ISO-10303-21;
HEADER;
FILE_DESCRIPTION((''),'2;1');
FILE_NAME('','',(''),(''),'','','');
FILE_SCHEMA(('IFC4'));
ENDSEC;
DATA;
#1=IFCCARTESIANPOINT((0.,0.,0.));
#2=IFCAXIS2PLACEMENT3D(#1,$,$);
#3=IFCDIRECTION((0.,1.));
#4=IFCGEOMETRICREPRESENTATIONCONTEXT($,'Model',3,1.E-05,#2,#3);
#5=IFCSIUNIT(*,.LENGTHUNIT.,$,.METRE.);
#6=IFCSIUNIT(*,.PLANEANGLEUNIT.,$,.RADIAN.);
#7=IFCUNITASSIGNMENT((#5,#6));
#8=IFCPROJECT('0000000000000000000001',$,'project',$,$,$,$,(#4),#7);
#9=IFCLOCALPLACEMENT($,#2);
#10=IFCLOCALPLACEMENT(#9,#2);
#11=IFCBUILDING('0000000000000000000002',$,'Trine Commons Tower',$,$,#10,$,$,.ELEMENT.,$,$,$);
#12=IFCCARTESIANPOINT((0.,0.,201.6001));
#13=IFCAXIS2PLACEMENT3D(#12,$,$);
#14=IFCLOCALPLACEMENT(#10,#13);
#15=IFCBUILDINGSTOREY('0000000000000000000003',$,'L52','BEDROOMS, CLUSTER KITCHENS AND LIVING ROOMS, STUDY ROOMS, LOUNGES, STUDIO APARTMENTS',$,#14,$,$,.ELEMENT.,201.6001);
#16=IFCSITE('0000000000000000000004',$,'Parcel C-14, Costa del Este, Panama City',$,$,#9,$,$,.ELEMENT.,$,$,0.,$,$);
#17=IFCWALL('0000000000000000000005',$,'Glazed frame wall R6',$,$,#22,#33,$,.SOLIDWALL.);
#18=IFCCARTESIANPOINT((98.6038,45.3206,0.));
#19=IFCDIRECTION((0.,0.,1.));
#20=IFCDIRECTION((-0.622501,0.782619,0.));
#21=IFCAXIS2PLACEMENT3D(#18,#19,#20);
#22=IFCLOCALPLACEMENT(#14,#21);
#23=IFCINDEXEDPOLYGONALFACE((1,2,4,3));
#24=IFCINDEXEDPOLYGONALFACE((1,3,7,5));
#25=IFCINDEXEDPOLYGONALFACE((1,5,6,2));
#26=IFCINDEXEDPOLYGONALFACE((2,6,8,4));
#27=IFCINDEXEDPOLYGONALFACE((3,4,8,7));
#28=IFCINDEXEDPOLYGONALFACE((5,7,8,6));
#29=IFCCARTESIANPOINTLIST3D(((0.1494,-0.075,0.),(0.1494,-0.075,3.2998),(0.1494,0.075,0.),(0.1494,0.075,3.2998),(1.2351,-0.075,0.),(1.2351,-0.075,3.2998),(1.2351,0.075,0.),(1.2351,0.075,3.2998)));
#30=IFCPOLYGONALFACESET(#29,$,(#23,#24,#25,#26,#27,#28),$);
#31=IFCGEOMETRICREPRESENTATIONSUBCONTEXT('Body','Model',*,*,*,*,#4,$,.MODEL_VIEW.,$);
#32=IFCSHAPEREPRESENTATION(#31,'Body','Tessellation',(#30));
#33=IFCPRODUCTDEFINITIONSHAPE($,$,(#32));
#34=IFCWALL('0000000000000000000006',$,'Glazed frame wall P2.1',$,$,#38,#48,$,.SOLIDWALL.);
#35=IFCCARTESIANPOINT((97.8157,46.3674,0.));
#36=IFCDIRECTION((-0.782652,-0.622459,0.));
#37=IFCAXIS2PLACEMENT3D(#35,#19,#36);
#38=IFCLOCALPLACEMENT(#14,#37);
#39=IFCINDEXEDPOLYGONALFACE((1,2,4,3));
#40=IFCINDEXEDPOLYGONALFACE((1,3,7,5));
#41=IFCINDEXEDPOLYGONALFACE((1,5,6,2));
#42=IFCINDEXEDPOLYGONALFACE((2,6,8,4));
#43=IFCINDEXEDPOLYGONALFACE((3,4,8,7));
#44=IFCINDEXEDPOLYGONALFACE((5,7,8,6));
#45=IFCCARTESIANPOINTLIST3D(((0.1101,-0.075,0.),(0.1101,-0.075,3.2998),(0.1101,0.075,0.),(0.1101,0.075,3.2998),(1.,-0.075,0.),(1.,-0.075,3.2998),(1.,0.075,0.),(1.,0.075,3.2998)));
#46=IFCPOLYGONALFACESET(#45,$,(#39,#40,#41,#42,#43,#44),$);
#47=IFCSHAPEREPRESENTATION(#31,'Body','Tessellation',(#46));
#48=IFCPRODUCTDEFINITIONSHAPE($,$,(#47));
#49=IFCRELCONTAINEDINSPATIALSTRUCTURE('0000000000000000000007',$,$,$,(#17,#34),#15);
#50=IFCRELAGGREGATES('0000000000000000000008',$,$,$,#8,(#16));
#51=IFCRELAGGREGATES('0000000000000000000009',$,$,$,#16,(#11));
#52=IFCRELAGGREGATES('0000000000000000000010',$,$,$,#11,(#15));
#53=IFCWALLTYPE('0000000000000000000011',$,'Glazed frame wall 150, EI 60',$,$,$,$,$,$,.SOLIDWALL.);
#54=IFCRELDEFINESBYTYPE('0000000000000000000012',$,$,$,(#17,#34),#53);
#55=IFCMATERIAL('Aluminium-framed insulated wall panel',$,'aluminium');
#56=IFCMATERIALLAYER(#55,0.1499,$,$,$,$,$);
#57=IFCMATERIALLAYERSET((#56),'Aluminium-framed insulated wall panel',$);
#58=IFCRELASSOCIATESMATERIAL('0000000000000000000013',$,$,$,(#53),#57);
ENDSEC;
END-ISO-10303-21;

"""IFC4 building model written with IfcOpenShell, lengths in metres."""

from ifc_helpers import new_model, si_unit, direction, frame, origin, place, context, subcontext, project, spatial, polyline, outline, extrude, material, layer, layer_set, type_object, element, save


model = new_model("IFC4")

# Units and contexts
model_context = context("Model", 3, precision=1e-05, world=origin(), true_north=direction((0.0, 1.0)))
body_context = subcontext(model_context, "Body", "Model", "MODEL_VIEW")
ifc_project = project(units=[si_unit("LENGTHUNIT", "METRE"), si_unit("PLANEANGLEUNIT", "RADIAN")], contexts=[model_context])

# Site, building, storey
site_placement = place(None, origin())
site = spatial("IfcSite", under=ifc_project, at=site_placement, Name="Parcel C-14, Costa del Este, Panama City", CompositionType="ELEMENT", RefElevation=0.0)
building_placement = place(site_placement, origin())
building = spatial("IfcBuilding", under=site, at=building_placement, Name="Trine Commons Tower", CompositionType="ELEMENT")
storey_placement = place(building_placement, frame((0.0, 0.0, 201.6001)))
storey = spatial("IfcBuildingStorey", under=building, at=storey_placement, Name="L52", Description="BEDROOMS, CLUSTER KITCHENS AND LIVING ROOMS, STUDY ROOMS, LOUNGES, STUDIO APARTMENTS", CompositionType="ELEMENT", Elevation=201.6001)

# Walls
ifc_material_1 = material(Name="Aluminium-framed insulated wall panel", Category="aluminium")
ifc_layer_1 = layer(ifc_material_1, 0.1499)
ifc_layer_set_1 = layer_set([ifc_layer_1], Name="Aluminium-framed insulated wall panel")
wall_type_1 = type_object("IfcWallType", Name="Glazed frame wall 150, EI 60", PredefinedType="SOLIDWALL", material=ifc_layer_set_1)
wall_1_placement = place(storey_placement, frame((98.6038, 45.3206, 0.0), z_axis=(0.0, 0.0, 1.0), x_axis=(-0.622501, 0.782619, 0.0)))
element("IfcWall", 1, at=wall_1_placement, inside=storey, type_object=wall_type_1, Name="Glazed frame wall R6", PredefinedType="SOLIDWALL", context=body_context, shape_type="SweptSolid", body=[
    extrude(outline(polyline([(0.1494, 0.075), (0.1494, -0.075), (1.2351, -0.075), (1.2351, 0.075), (0.1494, 0.075)])), origin(), (0.0, 0.0, 1.0), 3.2998),
])
wall_2_placement = place(storey_placement, frame((97.8157, 46.3674, 0.0), z_axis=(0.0, 0.0, 1.0), x_axis=(-0.782652, -0.622459, 0.0)))
element("IfcWall", 2, at=wall_2_placement, inside=storey, type_object=wall_type_1, Name="Glazed frame wall P2.1", PredefinedType="SOLIDWALL", context=body_context, shape_type="SweptSolid", body=[
    extrude(outline(polyline([(0.1101, -0.075), (1.0, -0.075), (1.0, 0.075), (0.1101, 0.075), (0.1101, -0.075)])), origin(), (0.0, 0.0, 1.0), 3.2998),
])

save(model, "model.ifc")
